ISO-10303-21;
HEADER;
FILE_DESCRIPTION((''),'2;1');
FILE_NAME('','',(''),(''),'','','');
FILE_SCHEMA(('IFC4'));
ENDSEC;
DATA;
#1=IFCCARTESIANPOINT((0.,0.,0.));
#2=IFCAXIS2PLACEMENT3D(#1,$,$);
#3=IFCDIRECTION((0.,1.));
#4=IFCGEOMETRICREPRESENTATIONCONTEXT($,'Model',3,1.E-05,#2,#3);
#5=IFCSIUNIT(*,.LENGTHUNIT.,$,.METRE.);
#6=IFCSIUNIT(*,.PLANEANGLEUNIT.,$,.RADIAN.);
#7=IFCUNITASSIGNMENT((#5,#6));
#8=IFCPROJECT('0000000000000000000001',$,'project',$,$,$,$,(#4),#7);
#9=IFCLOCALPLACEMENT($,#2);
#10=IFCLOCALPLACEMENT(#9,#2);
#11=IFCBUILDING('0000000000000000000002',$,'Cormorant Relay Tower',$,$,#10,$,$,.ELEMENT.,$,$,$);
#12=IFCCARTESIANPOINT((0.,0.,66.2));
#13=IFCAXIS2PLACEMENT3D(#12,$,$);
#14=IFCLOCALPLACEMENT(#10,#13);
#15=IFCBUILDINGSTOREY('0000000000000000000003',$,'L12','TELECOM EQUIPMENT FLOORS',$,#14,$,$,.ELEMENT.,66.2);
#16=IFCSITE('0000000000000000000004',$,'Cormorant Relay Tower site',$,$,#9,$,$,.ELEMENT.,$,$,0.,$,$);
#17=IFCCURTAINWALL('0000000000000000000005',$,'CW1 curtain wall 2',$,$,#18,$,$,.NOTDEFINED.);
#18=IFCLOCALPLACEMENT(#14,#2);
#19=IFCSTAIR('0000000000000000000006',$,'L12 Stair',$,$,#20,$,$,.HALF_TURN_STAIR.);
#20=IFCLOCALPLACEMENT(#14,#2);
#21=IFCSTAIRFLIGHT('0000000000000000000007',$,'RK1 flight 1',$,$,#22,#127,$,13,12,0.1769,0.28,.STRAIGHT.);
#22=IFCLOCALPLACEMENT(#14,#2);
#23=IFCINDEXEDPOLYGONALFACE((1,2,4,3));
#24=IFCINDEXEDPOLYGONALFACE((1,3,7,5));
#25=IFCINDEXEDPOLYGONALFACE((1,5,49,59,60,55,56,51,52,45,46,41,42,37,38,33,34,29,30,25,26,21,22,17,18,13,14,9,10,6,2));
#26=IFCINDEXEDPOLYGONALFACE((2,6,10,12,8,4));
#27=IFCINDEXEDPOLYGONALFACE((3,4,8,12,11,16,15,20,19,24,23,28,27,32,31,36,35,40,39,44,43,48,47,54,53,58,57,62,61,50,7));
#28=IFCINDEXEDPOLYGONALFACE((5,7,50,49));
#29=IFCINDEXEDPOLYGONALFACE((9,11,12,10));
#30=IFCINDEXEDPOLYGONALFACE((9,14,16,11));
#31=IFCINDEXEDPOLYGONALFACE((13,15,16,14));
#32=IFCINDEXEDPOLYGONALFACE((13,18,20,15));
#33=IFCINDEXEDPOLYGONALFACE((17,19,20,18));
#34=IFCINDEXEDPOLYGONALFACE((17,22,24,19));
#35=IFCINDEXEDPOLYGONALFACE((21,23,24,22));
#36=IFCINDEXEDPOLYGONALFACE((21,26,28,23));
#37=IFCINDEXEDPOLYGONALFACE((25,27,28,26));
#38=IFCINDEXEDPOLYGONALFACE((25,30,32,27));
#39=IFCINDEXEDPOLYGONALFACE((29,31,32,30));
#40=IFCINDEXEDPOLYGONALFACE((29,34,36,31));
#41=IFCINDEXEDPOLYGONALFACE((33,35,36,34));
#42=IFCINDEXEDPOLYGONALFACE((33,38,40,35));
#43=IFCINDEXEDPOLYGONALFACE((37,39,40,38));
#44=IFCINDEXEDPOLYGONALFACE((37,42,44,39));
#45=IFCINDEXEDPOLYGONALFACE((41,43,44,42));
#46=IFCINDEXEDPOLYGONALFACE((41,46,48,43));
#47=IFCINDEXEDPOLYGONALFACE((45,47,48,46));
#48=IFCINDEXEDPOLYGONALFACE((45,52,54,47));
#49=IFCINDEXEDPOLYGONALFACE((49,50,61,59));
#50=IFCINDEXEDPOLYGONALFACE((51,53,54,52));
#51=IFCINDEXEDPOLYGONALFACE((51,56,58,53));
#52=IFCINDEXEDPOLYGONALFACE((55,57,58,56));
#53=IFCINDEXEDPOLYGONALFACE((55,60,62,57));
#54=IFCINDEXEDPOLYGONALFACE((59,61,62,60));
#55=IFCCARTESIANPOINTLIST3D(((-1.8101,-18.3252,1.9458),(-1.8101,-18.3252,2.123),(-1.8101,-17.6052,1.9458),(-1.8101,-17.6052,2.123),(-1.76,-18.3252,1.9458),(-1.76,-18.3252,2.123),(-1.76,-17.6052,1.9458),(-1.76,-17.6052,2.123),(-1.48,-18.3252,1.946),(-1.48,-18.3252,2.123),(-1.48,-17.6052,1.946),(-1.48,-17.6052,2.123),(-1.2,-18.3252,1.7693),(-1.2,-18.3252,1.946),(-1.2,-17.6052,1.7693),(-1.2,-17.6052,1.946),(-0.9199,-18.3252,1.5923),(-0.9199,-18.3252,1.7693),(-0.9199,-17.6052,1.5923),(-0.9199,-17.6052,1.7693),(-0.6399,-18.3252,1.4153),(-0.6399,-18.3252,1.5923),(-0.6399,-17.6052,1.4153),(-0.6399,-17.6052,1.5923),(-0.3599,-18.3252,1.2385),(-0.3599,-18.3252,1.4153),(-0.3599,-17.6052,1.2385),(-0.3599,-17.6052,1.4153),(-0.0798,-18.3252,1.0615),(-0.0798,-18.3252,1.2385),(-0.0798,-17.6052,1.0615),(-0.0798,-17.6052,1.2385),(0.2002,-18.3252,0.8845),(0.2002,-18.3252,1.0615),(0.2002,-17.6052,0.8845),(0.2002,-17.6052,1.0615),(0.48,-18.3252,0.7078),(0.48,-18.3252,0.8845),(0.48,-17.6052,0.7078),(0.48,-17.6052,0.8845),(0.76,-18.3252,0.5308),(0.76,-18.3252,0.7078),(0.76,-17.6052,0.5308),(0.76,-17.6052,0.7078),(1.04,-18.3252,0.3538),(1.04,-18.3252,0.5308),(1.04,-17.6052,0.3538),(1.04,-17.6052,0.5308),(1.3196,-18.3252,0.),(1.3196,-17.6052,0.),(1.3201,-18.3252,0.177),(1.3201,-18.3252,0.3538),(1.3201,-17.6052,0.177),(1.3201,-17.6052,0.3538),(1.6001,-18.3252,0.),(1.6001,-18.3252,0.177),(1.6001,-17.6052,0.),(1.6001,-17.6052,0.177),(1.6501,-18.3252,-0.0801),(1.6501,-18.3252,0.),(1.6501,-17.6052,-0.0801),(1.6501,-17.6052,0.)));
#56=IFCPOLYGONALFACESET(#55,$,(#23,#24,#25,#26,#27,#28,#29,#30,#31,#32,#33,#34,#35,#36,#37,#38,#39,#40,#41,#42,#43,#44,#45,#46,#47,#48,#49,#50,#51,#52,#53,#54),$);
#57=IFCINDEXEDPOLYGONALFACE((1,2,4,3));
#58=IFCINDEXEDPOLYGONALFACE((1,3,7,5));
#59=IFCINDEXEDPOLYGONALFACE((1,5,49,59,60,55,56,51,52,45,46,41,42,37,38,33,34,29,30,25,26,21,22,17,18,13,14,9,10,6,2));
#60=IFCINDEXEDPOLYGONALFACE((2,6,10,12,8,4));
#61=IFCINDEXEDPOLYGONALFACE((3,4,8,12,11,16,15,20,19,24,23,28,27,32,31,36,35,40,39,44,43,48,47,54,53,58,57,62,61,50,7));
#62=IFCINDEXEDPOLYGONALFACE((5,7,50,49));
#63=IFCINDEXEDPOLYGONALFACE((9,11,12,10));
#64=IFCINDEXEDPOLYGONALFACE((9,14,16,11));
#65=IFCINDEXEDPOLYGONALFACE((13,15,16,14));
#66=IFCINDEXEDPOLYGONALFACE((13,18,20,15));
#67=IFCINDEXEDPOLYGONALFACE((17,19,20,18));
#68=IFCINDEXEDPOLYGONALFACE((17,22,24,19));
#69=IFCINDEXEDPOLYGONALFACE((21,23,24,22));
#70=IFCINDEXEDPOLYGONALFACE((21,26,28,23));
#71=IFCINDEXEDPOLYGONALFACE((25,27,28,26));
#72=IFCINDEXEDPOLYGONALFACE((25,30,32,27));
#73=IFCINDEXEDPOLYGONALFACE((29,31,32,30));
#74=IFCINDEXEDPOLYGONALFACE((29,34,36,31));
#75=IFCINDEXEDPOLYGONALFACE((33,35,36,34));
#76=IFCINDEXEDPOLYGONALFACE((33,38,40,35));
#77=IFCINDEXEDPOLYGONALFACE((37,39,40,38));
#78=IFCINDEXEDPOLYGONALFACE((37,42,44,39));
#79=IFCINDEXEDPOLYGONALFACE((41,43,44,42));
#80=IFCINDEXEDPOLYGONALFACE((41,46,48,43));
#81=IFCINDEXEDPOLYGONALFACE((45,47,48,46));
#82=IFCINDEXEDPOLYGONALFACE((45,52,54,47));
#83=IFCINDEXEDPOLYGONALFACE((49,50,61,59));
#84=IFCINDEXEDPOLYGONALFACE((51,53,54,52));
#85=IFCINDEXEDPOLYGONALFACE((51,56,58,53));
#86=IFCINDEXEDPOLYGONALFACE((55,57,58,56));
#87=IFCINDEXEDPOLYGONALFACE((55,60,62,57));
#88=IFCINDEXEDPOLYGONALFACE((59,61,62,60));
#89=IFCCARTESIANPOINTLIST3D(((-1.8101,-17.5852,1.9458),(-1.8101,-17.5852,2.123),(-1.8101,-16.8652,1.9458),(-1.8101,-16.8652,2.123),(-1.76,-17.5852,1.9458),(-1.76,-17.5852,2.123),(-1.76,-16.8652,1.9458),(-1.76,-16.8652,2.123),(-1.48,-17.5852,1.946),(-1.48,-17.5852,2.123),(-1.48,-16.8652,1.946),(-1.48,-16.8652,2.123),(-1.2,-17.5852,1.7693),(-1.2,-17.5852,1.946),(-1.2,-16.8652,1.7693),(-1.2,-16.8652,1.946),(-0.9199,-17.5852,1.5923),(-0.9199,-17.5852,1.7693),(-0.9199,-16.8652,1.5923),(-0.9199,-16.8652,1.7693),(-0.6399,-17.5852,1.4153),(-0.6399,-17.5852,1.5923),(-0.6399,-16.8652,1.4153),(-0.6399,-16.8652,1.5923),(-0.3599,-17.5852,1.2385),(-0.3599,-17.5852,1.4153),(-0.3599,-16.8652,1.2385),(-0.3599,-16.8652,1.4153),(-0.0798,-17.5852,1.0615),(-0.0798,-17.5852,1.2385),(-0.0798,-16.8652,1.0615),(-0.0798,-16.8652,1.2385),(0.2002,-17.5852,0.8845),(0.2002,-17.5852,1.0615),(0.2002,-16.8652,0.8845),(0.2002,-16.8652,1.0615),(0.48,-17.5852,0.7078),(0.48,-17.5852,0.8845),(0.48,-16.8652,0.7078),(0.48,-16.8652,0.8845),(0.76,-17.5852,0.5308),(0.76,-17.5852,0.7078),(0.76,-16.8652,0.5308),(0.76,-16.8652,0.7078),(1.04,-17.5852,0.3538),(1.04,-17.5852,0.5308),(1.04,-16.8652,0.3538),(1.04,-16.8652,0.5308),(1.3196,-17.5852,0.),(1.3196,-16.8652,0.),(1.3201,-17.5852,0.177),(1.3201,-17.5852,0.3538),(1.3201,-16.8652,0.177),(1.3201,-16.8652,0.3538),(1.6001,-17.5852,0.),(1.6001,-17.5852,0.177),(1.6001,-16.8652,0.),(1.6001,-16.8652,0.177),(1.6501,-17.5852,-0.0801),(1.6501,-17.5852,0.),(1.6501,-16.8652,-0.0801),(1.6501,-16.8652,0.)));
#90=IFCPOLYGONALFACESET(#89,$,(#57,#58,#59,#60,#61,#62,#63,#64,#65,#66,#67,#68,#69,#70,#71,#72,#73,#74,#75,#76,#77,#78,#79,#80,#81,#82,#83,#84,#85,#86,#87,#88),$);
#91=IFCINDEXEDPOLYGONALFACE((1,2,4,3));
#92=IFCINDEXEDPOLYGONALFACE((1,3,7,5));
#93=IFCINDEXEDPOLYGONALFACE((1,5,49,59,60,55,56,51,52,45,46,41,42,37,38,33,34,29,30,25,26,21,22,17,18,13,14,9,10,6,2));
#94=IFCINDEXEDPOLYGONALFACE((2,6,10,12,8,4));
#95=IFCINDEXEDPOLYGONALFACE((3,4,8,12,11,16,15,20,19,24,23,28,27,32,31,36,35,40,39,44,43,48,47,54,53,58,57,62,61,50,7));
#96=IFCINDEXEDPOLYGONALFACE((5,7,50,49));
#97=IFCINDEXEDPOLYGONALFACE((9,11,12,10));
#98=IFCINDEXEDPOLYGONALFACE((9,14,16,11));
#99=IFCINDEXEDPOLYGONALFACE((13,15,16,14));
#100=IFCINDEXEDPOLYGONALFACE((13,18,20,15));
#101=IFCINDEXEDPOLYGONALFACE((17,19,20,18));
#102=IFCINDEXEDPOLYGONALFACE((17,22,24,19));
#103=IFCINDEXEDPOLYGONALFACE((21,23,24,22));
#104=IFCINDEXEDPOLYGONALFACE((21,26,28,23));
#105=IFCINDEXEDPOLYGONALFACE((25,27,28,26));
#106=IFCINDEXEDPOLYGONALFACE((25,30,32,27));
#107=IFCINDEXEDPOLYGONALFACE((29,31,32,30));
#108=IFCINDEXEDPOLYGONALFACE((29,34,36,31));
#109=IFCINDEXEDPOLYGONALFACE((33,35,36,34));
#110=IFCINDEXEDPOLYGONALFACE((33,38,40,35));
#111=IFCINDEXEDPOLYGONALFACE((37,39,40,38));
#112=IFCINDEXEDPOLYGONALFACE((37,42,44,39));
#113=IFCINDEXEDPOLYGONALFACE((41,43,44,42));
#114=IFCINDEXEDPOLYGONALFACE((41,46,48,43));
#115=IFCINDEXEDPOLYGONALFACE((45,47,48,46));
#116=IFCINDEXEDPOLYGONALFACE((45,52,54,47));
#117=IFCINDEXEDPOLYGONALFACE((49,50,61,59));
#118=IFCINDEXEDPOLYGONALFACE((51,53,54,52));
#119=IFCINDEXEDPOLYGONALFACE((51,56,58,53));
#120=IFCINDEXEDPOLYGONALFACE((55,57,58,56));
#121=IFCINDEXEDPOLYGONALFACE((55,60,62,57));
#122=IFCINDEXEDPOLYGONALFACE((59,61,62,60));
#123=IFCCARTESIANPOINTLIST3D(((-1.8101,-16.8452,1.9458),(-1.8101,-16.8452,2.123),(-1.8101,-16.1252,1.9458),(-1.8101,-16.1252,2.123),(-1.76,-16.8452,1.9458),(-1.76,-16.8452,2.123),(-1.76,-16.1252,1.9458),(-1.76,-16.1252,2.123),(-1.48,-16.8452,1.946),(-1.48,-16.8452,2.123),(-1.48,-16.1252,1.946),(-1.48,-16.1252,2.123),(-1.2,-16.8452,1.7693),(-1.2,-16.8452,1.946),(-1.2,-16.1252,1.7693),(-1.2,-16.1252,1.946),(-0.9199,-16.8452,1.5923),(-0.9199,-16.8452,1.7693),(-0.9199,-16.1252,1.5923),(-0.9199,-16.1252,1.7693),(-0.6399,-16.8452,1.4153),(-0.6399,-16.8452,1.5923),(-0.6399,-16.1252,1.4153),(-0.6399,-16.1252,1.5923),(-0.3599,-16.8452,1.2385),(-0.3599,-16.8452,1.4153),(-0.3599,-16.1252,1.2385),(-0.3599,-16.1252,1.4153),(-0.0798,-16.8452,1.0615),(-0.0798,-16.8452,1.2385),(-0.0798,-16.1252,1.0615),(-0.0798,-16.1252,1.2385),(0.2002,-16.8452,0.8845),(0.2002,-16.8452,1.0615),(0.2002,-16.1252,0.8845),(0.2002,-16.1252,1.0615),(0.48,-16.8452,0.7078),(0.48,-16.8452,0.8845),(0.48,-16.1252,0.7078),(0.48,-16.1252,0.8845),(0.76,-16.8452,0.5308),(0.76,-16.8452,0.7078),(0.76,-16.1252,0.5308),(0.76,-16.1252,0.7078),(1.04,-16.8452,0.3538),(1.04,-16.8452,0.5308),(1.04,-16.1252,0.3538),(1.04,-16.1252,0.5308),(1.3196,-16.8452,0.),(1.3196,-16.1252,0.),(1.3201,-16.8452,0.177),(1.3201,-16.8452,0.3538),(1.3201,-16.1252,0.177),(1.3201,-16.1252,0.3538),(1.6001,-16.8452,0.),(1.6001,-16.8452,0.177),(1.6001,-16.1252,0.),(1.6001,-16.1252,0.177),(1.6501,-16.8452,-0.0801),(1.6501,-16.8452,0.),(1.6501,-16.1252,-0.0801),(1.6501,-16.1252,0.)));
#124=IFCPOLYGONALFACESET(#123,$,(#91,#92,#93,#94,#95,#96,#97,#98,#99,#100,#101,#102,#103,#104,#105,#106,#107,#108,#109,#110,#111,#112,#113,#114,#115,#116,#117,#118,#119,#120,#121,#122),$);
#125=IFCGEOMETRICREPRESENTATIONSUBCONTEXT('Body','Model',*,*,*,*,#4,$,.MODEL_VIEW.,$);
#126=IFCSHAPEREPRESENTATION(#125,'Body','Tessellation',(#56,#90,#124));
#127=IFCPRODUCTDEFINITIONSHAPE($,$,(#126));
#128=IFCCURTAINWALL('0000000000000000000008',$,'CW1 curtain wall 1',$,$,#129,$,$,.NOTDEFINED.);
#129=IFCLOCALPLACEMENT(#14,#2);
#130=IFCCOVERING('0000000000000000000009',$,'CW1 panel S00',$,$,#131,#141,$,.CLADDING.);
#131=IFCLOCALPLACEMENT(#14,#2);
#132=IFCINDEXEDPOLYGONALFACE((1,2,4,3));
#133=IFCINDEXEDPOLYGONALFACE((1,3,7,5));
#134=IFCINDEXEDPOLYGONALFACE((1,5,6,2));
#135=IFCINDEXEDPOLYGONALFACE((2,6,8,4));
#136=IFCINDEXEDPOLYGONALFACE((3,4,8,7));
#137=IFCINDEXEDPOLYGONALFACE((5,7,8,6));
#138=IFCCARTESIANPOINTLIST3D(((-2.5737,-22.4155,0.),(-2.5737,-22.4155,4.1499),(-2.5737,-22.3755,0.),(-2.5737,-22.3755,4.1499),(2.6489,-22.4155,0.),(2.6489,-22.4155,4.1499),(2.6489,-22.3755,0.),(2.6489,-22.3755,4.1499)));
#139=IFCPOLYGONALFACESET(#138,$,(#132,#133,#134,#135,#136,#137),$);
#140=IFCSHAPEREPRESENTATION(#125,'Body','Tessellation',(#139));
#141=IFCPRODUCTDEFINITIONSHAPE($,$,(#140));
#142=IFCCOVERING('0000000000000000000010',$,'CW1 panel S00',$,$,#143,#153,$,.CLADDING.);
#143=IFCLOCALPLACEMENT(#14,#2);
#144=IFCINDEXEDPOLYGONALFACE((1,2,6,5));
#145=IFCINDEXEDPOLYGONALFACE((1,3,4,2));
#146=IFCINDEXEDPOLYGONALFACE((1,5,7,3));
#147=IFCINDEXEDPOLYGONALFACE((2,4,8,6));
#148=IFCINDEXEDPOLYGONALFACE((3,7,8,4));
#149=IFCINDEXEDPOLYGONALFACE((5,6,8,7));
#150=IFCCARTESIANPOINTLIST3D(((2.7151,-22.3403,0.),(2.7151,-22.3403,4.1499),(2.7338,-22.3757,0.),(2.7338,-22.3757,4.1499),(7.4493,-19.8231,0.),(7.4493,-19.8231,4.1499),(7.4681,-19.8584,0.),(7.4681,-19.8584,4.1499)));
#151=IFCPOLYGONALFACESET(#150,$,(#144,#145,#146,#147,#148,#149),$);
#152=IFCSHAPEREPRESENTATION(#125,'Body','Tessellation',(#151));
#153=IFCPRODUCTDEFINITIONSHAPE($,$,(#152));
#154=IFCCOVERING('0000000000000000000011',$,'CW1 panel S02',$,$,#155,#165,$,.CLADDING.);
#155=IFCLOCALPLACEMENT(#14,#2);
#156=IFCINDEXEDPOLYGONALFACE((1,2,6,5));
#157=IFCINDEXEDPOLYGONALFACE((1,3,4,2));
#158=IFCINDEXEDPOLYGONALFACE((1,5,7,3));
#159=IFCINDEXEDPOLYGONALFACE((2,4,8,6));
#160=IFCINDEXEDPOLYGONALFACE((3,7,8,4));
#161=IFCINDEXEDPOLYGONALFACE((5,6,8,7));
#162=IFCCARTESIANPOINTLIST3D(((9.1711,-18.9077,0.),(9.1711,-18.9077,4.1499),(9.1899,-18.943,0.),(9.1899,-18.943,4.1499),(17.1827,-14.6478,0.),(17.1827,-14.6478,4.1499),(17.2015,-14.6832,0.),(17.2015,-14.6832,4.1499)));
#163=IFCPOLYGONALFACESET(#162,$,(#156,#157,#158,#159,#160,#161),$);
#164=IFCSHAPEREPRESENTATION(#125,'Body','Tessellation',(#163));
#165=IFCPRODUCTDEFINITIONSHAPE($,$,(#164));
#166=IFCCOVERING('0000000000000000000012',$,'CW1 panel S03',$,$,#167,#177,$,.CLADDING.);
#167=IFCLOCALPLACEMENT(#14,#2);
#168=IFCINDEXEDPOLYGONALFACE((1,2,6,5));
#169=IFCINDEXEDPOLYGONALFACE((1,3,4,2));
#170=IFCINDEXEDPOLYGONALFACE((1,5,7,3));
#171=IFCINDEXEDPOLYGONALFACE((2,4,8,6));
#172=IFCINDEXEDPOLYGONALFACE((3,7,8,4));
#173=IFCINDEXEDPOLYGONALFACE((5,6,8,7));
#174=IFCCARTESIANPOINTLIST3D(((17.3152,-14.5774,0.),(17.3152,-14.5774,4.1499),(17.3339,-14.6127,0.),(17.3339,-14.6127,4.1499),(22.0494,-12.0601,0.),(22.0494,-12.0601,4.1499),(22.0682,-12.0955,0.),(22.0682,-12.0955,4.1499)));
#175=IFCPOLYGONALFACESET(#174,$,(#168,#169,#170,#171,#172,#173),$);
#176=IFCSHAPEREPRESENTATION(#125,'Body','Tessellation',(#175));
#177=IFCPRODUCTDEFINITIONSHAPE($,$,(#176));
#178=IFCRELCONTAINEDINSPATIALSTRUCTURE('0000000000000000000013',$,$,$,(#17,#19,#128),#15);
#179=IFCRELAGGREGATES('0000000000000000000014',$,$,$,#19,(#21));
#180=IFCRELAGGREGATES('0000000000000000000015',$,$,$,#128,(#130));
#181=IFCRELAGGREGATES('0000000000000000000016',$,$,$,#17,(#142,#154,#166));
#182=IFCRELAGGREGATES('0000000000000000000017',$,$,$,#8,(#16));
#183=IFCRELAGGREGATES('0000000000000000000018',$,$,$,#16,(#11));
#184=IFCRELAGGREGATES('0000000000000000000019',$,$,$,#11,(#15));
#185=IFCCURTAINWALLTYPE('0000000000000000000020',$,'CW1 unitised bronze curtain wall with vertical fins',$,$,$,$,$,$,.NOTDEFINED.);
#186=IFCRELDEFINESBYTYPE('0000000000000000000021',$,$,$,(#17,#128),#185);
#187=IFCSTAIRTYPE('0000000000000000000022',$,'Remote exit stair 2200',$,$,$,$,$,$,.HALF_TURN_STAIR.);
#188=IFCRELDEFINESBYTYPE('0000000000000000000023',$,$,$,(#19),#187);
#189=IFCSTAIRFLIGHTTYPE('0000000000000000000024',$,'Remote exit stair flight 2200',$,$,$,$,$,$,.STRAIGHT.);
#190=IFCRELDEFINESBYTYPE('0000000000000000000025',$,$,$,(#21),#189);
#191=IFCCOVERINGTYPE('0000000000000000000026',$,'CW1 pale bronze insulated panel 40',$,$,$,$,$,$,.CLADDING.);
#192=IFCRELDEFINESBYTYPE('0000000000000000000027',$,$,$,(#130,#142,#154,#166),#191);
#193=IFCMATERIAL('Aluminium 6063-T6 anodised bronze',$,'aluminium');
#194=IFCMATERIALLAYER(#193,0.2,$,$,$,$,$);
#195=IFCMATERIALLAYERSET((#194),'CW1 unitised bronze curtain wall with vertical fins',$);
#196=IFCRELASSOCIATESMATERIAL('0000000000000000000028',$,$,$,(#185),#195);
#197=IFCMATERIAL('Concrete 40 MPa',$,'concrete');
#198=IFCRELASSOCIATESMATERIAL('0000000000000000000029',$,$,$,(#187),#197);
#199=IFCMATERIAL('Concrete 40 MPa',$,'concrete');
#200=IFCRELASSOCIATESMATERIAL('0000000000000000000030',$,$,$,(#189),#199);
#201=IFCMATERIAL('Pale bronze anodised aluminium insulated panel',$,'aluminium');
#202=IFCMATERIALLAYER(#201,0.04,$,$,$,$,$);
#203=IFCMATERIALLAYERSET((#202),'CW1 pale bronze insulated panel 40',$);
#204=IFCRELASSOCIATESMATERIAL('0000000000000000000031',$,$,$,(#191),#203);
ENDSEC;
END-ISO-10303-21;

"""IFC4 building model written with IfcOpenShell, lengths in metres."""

from ifc_helpers import new_model, si_unit, direction, frame, origin, origin_2d, place, context, subcontext, project, spatial, polyline, rectangle, outline, extrude, material, layer, layer_set, type_object, element, aggregate, save


model = new_model("IFC4")

# Units and contexts
model_context = context("Model", 3, precision=1e-05, world=origin(), true_north=direction((0.0, 1.0)))
body_context = subcontext(model_context, "Body", "Model", "MODEL_VIEW")
ifc_project = project(units=[si_unit("LENGTHUNIT", "METRE"), si_unit("PLANEANGLEUNIT", "RADIAN")], contexts=[model_context])

# Site, building, storey
site_placement = place(None, origin())
site = spatial("IfcSite", under=ifc_project, at=site_placement, Name="Cormorant Relay Tower site", CompositionType="ELEMENT", RefElevation=0.0)
building_placement = place(site_placement, origin())
building = spatial("IfcBuilding", under=site, at=building_placement, Name="Cormorant Relay Tower", CompositionType="ELEMENT")
storey_placement = place(building_placement, frame((0.0, 0.0, 66.2)))
storey = spatial("IfcBuildingStorey", under=building, at=storey_placement, Name="L12", Description="TELECOM EQUIPMENT FLOORS", CompositionType="ELEMENT", Elevation=66.2)

# Curtain wall
ifc_material_1 = material(Name="Aluminium 6063-T6 anodised bronze", Category="aluminium")
ifc_layer_1 = layer(ifc_material_1, 0.2)
ifc_layer_set_1 = layer_set([ifc_layer_1], Name="CW1 unitised bronze curtain wall with vertical fins")
curtain_wall_type = type_object("IfcCurtainWallType", Name="CW1 unitised bronze curtain wall with vertical fins", PredefinedType="NOTDEFINED", material=ifc_layer_set_1)
curtain_wall_1_placement = place(storey_placement, origin())
curtain_wall_1 = element("IfcCurtainWall", 1, at=curtain_wall_1_placement, inside=storey, type_object=curtain_wall_type, Name="CW1 curtain wall 2", PredefinedType="NOTDEFINED")

# Stair, stair flight
ifc_material_2 = material(Name="Concrete 40 MPa", Category="concrete")
stair_type = type_object("IfcStairType", Name="Remote exit stair 2200", PredefinedType="HALF_TURN_STAIR", material=ifc_material_2)
stair_placement = place(storey_placement, origin())
stair = element("IfcStair", 2, at=stair_placement, inside=storey, type_object=stair_type, Name="L12 Stair", PredefinedType="HALF_TURN_STAIR")
ifc_material_3 = material(Name="Concrete 40 MPa", Category="concrete")
stair_flight_type = type_object("IfcStairFlightType", Name="Remote exit stair flight 2200", PredefinedType="STRAIGHT", material=ifc_material_3)
stair_flight_placement = place(storey_placement, frame((1.6001, -17.2251, 0.0), z_axis=(0.0, 0.0, 1.0), x_axis=(-1.0, 0.0, 0.0)))
stair_flight = element("IfcStairFlight", 3, at=stair_flight_placement, type_object=stair_flight_type, Name="RK1 flight 1", NumberOfRisers=13, NumberOfTreads=12, PredefinedType="STRAIGHT", RiserHeight=0.1769, TreadLength=0.28, context=body_context, shape_type="SweptSolid", body=[
    extrude(outline(polyline([(-0.05, -0.0801), (-0.05, 0.0), (0.0, 0.0), (0.0, 0.177), (0.28, 0.177), (0.28, 0.3538), (0.5601, 0.3538), (0.5601, 0.5308), (0.8401, 0.5308), (0.8401, 0.7078), (1.1201, 0.7078), (1.1201, 0.8845), (1.3999, 0.8845), (1.3999, 1.0615), (1.6799, 1.0615), (1.6799, 1.2385), (1.96, 1.2385), (1.96, 1.4153), (2.24, 1.4153), (2.24, 1.5923), (2.52, 1.5923), (2.52, 1.7693), (2.8, 1.7693), (2.8, 1.946), (3.0801, 1.946), (3.0801, 2.123), (3.3601, 2.123), (3.4102, 2.123), (3.4102, 1.9458), (3.3601, 1.9458), (0.2805, 0.0), (-0.05, -0.0801)])), frame((0.0, 1.1001, 0.0), z_axis=(0.0, -1.0, 0.0), x_axis=(1.0, 0.0, 0.0)), (0.0, 0.0, 1.0), 0.72),
    extrude(outline(polyline([(-0.05, -0.0801), (-0.05, 0.0), (0.0, 0.0), (0.0, 0.177), (0.28, 0.177), (0.28, 0.3538), (0.5601, 0.3538), (0.5601, 0.5308), (0.8401, 0.5308), (0.8401, 0.7078), (1.1201, 0.7078), (1.1201, 0.8845), (1.3999, 0.8845), (1.3999, 1.0615), (1.6799, 1.0615), (1.6799, 1.2385), (1.96, 1.2385), (1.96, 1.4153), (2.24, 1.4153), (2.24, 1.5923), (2.52, 1.5923), (2.52, 1.7693), (2.8, 1.7693), (2.8, 1.946), (3.0801, 1.946), (3.0801, 2.123), (3.3601, 2.123), (3.4102, 2.123), (3.4102, 1.9458), (3.3601, 1.9458), (0.2805, 0.0), (-0.05, -0.0801)])), frame((0.0, 0.3601, 0.0), z_axis=(0.0, -1.0, 0.0), x_axis=(1.0, 0.0, 0.0)), (0.0, 0.0, 1.0), 0.72),
    extrude(outline(polyline([(-0.05, -0.0801), (-0.05, 0.0), (0.0, 0.0), (0.0, 0.177), (0.28, 0.177), (0.28, 0.3538), (0.5601, 0.3538), (0.5601, 0.5308), (0.8401, 0.5308), (0.8401, 0.7078), (1.1201, 0.7078), (1.1201, 0.8845), (1.3999, 0.8845), (1.3999, 1.0615), (1.6799, 1.0615), (1.6799, 1.2385), (1.96, 1.2385), (1.96, 1.4153), (2.24, 1.4153), (2.24, 1.5923), (2.52, 1.5923), (2.52, 1.7693), (2.8, 1.7693), (2.8, 1.946), (3.0801, 1.946), (3.0801, 2.123), (3.3601, 2.123), (3.4102, 2.123), (3.4102, 1.9458), (3.3601, 1.9458), (0.2805, 0.0), (-0.05, -0.0801)])), frame((0.0, -0.3799, 0.0), z_axis=(0.0, -1.0, 0.0), x_axis=(1.0, 0.0, 0.0)), (0.0, 0.0, 1.0), 0.72),
])
aggregate(stair, [stair_flight])

# Curtain wall, covering
curtain_wall_2_placement = place(storey_placement, origin())
curtain_wall_2 = element("IfcCurtainWall", 4, at=curtain_wall_2_placement, inside=storey, type_object=curtain_wall_type, Name="CW1 curtain wall 1", PredefinedType="NOTDEFINED")
ifc_material_4 = material(Name="Pale bronze anodised aluminium insulated panel", Category="aluminium")
ifc_layer_2 = layer(ifc_material_4, 0.04)
ifc_layer_set_2 = layer_set([ifc_layer_2], Name="CW1 pale bronze insulated panel 40")
covering_type = type_object("IfcCoveringType", Name="CW1 pale bronze insulated panel 40", PredefinedType="CLADDING", material=ifc_layer_set_2)
covering_1_placement = place(storey_placement, frame((0.0376, -22.3955, 0.0), z_axis=(0.0, 0.0, 1.0), x_axis=(1.0, 0.0, 0.0)))
covering_1 = element("IfcCovering", 5, at=covering_1_placement, type_object=covering_type, Name="CW1 panel S00", PredefinedType="CLADDING", context=body_context, shape_type="SweptSolid", body=[
    extrude(rectangle(XDim=5.2227, YDim=0.04, at=origin_2d()), origin(), (0.0, 0.0, 1.0), 4.1499),
])
aggregate(curtain_wall_2, [covering_1])

# Coverings
covering_2_placement = place(storey_placement, frame((5.0916, -21.0994, 0.0), z_axis=(0.0, 0.0, 1.0), x_axis=(0.882948, 0.469472, 0.0)))
covering_2 = element("IfcCovering", 6, at=covering_2_placement, type_object=covering_type, Name="CW1 panel S00", PredefinedType="CLADDING", context=body_context, shape_type="SweptSolid", body=[
    extrude(rectangle(XDim=5.3618, YDim=0.04, at=origin_2d()), origin(), (0.0, 0.0, 1.0), 4.1499),
])
covering_3_placement = place(storey_placement, frame((13.1863, -16.7954, 0.0), z_axis=(0.0, 0.0, 1.0), x_axis=(0.882948, 0.469472, 0.0)))
covering_3 = element("IfcCovering", 7, at=covering_3_placement, type_object=covering_type, Name="CW1 panel S02", PredefinedType="CLADDING", context=body_context, shape_type="SweptSolid", body=[
    extrude(rectangle(XDim=9.0737, YDim=0.04, at=origin_2d()), origin(), (0.0, 0.0, 1.0), 4.1499),
])
covering_4_placement = place(storey_placement, frame((19.6917, -13.3364, 0.0), z_axis=(0.0, 0.0, 1.0), x_axis=(0.882948, 0.469472, 0.0)))
covering_4 = element("IfcCovering", 8, at=covering_4_placement, type_object=covering_type, Name="CW1 panel S03", PredefinedType="CLADDING", context=body_context, shape_type="SweptSolid", body=[
    extrude(rectangle(XDim=5.3618, YDim=0.04, at=origin_2d()), origin(), (0.0, 0.0, 1.0), 4.1499),
])
aggregate(curtain_wall_1, [covering_2, covering_3, covering_4])

save(model, "model.ifc")
